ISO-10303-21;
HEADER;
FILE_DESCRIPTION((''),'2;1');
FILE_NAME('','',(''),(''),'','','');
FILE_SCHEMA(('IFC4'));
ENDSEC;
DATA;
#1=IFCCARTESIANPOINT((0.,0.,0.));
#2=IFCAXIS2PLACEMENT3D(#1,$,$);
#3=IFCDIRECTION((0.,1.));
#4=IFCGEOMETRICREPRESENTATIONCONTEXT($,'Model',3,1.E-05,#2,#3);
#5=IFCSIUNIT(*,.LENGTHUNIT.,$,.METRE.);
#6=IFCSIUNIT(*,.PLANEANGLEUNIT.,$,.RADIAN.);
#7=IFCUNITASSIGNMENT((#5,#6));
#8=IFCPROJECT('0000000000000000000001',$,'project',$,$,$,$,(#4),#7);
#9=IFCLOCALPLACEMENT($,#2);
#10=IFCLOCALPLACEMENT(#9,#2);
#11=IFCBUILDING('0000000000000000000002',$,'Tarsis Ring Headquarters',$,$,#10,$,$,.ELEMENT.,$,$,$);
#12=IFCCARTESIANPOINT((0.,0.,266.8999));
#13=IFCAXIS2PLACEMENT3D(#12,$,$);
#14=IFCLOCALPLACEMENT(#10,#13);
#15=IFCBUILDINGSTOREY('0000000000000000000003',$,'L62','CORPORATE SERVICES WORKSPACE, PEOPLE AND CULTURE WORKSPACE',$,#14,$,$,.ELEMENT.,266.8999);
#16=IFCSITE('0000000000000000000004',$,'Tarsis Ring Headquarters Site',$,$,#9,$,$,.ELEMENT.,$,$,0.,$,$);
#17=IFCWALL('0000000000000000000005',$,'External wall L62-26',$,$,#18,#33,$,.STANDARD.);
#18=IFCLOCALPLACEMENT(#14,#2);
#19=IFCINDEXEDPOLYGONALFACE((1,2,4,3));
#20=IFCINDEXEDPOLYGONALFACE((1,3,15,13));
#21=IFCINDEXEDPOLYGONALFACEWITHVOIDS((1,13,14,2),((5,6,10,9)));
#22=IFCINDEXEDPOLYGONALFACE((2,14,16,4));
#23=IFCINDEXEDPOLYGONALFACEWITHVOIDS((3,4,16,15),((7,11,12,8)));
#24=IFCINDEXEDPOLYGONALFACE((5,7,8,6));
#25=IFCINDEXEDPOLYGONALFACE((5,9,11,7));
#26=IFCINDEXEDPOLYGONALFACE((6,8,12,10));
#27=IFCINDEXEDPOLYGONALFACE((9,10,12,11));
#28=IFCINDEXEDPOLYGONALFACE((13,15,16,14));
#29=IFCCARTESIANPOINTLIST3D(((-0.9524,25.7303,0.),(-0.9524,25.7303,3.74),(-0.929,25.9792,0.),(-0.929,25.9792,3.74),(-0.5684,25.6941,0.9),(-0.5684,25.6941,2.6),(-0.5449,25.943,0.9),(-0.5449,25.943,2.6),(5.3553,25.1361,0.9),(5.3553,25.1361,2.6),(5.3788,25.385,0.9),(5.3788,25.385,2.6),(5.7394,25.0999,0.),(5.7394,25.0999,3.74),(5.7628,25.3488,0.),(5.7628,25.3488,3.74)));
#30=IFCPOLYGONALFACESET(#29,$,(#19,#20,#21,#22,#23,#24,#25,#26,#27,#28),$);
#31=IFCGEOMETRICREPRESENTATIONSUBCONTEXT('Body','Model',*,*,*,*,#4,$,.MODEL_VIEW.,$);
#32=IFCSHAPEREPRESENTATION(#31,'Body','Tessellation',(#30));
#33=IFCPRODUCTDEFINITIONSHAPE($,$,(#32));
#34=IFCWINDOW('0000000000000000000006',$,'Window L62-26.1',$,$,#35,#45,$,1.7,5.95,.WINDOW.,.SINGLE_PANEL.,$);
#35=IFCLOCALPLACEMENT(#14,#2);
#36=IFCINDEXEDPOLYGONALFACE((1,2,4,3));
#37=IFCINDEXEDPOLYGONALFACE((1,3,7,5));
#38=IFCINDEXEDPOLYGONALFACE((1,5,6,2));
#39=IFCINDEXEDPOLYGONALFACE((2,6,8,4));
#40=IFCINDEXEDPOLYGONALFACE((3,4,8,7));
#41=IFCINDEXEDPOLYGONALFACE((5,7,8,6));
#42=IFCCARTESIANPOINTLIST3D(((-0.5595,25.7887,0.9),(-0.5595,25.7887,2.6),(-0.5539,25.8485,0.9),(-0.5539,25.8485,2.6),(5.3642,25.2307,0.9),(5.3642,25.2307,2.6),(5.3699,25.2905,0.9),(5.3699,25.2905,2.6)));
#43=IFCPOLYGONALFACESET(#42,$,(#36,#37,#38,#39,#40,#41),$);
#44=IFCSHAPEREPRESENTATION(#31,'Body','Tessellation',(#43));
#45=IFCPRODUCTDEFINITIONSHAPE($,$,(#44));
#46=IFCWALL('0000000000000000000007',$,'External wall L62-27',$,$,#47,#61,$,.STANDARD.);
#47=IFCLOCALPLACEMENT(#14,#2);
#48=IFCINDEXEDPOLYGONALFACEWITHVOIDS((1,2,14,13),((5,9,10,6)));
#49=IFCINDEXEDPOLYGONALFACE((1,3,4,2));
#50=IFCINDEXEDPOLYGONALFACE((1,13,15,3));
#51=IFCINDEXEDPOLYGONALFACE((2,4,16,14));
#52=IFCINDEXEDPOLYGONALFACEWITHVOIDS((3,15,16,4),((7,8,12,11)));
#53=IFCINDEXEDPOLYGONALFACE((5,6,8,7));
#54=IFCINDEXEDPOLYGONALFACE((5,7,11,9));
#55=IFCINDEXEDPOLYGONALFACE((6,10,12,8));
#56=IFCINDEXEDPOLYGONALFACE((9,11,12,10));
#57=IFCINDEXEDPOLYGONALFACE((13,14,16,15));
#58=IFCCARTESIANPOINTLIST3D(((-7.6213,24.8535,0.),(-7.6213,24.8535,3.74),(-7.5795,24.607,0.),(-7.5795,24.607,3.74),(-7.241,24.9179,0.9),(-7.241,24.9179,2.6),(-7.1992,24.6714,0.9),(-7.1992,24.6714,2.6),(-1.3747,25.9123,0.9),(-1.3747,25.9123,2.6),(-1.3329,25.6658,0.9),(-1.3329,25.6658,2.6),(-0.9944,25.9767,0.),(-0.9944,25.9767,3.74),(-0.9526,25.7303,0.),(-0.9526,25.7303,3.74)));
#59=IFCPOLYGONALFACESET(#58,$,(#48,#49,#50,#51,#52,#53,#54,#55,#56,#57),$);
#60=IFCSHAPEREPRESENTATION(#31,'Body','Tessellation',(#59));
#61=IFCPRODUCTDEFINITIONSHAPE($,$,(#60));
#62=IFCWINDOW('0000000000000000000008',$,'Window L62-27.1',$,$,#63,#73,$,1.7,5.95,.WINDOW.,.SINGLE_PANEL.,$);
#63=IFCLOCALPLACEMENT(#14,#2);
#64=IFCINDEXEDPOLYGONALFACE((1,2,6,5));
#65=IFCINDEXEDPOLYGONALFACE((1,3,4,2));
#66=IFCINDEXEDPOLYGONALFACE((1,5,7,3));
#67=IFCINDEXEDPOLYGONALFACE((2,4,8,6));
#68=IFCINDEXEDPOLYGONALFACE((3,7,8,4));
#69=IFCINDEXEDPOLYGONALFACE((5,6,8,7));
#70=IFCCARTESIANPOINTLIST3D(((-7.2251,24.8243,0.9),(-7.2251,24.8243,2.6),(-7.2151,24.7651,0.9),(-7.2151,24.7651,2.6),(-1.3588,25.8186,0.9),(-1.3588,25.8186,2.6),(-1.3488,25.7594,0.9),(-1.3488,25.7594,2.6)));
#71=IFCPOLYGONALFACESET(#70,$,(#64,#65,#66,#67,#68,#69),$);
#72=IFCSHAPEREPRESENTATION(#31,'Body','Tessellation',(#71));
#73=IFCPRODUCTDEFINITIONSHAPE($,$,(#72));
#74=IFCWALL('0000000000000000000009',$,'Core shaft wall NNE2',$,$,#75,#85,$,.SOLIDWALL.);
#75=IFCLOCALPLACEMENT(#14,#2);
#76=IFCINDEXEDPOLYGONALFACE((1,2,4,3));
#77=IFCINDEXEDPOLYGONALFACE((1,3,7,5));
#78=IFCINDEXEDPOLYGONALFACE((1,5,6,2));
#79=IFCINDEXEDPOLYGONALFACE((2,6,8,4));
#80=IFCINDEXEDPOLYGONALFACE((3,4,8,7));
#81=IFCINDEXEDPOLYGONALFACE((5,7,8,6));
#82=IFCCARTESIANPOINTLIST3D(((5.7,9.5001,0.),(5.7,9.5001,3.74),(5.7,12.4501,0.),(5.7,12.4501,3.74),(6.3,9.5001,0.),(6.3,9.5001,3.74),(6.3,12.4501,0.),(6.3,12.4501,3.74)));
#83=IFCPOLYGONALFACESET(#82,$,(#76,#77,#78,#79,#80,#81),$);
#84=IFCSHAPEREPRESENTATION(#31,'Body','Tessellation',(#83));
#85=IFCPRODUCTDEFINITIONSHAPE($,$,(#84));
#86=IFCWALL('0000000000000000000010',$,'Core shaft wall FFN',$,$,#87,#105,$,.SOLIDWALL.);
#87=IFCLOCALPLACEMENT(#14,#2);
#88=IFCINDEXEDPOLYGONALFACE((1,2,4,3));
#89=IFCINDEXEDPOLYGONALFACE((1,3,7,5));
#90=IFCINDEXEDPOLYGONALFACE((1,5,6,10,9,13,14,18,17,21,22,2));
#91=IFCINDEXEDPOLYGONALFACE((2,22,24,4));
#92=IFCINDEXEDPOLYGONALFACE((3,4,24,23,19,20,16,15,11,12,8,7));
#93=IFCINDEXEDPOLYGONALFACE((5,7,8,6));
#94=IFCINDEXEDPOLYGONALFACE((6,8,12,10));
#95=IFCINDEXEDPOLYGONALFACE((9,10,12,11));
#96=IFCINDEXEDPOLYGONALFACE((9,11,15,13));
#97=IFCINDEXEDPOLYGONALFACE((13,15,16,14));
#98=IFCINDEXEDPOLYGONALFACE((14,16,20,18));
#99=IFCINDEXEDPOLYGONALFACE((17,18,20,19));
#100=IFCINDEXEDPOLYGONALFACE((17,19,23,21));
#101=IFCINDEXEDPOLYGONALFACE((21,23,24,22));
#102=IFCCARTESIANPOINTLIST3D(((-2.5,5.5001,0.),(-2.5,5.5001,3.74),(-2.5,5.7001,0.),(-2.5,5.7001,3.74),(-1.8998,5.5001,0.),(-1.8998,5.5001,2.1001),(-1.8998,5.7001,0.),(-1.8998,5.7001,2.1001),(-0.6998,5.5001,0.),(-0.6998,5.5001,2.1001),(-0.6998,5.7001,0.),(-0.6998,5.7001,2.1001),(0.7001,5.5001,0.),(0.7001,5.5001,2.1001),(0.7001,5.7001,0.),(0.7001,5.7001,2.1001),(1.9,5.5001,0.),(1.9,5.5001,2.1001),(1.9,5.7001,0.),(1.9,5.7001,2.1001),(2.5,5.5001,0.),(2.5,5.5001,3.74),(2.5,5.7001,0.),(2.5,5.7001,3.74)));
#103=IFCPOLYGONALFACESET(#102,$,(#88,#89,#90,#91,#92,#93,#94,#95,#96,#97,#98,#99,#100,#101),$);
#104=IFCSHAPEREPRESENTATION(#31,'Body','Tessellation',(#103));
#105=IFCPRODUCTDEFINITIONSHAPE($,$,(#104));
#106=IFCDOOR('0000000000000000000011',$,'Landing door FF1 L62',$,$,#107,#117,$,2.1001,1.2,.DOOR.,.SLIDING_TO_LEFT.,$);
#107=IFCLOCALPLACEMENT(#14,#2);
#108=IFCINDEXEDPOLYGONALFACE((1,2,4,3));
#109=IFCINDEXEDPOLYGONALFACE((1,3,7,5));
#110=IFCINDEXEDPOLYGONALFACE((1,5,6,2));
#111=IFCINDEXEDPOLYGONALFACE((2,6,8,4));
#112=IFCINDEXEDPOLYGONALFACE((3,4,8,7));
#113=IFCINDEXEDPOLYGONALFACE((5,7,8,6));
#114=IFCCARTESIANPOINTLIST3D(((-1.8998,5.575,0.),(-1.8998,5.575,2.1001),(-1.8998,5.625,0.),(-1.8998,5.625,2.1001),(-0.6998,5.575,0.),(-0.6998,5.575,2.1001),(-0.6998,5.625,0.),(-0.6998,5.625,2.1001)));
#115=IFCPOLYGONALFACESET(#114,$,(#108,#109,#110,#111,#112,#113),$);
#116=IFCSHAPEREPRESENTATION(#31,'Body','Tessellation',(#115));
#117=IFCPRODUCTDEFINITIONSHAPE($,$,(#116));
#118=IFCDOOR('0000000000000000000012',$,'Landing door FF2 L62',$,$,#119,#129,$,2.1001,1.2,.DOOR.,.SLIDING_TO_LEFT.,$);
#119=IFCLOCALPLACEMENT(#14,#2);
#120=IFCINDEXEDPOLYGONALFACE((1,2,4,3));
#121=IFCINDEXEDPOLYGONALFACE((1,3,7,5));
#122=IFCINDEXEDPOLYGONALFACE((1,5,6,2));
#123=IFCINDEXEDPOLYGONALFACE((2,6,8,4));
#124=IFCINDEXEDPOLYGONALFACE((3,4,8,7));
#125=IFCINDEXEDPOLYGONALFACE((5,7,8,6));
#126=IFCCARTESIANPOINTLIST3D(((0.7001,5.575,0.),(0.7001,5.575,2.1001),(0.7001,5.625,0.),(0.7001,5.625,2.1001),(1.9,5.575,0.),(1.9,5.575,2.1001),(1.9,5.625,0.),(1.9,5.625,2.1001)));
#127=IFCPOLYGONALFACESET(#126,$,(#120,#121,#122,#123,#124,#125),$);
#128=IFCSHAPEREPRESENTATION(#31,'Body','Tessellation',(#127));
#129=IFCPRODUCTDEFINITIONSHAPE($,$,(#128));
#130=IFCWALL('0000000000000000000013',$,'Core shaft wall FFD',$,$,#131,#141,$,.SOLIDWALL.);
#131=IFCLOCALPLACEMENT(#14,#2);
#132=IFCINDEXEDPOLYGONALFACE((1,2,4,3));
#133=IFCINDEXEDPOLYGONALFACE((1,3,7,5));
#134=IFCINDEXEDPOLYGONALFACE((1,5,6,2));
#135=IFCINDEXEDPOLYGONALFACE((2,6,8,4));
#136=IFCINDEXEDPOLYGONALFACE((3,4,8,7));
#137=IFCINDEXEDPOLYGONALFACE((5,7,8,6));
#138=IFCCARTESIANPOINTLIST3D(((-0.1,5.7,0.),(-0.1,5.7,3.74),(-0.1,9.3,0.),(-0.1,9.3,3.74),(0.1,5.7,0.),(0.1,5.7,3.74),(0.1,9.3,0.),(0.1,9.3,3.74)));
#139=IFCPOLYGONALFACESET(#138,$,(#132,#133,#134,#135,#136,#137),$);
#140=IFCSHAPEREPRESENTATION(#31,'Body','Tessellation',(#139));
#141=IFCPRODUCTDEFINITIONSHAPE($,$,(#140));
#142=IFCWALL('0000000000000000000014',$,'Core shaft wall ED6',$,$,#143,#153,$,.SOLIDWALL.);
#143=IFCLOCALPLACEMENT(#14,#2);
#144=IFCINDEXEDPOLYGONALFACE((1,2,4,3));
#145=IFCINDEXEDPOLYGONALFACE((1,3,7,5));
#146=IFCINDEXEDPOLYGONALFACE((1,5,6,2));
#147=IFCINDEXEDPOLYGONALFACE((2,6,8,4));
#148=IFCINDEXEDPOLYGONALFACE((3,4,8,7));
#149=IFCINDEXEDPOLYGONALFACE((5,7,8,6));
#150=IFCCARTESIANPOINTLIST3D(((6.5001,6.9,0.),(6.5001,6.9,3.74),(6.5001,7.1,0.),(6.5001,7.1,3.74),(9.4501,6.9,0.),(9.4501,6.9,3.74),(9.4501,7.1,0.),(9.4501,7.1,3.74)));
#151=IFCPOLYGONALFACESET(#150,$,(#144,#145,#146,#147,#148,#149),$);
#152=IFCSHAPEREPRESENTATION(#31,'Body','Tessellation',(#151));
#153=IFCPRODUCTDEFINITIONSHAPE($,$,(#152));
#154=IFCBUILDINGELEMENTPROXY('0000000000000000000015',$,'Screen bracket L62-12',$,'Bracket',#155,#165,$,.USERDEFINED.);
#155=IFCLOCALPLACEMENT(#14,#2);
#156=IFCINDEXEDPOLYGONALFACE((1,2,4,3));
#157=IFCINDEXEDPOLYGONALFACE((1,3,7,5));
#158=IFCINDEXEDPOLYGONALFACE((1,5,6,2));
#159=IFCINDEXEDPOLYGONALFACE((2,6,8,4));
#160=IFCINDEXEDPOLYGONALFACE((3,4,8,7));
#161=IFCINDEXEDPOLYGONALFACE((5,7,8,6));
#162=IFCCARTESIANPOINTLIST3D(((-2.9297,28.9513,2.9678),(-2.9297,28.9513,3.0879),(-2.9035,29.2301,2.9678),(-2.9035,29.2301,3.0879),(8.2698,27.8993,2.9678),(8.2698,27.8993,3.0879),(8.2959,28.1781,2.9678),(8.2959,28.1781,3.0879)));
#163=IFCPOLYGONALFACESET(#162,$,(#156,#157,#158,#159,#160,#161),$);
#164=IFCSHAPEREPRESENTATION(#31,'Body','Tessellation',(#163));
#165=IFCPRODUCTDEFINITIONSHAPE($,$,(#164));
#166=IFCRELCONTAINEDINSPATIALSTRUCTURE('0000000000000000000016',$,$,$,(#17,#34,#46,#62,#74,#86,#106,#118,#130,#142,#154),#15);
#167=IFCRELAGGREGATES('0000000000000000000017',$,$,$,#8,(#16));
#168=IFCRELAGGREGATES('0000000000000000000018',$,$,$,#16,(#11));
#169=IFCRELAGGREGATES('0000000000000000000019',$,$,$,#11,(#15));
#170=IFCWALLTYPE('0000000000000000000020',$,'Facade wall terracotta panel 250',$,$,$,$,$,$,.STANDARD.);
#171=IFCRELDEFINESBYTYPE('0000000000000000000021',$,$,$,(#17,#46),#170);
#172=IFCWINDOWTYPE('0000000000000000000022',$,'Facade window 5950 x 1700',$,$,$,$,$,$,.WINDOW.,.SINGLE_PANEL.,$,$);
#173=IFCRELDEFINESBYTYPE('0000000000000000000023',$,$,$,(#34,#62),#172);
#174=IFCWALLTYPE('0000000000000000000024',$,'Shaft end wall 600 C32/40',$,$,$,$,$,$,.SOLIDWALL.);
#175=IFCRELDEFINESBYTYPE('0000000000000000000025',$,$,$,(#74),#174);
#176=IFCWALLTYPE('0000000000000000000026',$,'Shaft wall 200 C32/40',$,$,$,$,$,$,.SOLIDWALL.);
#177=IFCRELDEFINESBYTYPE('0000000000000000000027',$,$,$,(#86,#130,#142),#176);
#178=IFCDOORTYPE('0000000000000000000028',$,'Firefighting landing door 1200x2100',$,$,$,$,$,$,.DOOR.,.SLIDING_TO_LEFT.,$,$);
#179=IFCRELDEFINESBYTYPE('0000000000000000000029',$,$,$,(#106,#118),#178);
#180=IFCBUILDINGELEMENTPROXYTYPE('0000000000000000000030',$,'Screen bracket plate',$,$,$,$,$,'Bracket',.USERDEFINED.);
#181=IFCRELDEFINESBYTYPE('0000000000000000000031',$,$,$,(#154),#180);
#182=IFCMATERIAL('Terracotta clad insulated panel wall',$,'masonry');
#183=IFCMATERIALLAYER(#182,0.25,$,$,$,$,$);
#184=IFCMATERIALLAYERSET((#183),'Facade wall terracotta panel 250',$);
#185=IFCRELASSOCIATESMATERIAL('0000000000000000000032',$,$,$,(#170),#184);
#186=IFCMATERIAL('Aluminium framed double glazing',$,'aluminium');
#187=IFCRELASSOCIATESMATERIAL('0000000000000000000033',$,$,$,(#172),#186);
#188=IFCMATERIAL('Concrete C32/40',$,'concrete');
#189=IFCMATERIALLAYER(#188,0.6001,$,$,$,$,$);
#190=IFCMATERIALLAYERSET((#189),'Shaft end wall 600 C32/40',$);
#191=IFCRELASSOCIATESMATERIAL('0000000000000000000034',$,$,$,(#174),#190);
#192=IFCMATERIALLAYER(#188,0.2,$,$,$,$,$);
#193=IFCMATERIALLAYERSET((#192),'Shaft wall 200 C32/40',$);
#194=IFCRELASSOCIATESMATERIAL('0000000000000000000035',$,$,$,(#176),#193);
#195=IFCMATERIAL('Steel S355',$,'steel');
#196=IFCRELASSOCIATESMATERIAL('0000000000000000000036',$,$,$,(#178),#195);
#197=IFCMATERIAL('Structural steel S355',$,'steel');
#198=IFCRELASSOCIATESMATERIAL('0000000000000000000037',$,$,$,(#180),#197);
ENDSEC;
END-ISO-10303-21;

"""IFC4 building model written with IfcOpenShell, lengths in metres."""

from ifc_helpers import new_model, si_unit, direction, frame, frame_2d, origin, origin_2d, place, context, subcontext, project, spatial, rectangle, extrude, material, layer, layer_set, type_object, element, fill, save


model = new_model("IFC4")

# Units and contexts
model_context = context("Model", 3, precision=1e-05, world=origin(), true_north=direction((0.0, 1.0)))
body_context = subcontext(model_context, "Body", "Model", "MODEL_VIEW")
ifc_project = project(units=[si_unit("LENGTHUNIT", "METRE"), si_unit("PLANEANGLEUNIT", "RADIAN")], contexts=[model_context])

# Site, building, storey
site_placement = place(None, origin())
site = spatial("IfcSite", under=ifc_project, at=site_placement, Name="Tarsis Ring Headquarters Site", CompositionType="ELEMENT", RefElevation=0.0)
building_placement = place(site_placement, origin())
building = spatial("IfcBuilding", under=site, at=building_placement, Name="Tarsis Ring Headquarters", CompositionType="ELEMENT")
storey_placement = place(building_placement, frame((0.0, 0.0, 266.8999)))
storey = spatial("IfcBuildingStorey", under=building, at=storey_placement, Name="L62", Description="CORPORATE SERVICES WORKSPACE, PEOPLE AND CULTURE WORKSPACE", CompositionType="ELEMENT", Elevation=266.8999)

# Shared definitions
ifc_material_1 = material(Name="Structural steel S355", Category="steel")

# Walls, openings, windows
ifc_material_2 = material(Name="Terracotta clad insulated panel wall", Category="masonry")
ifc_layer_1 = layer(ifc_material_2, 0.25)
ifc_layer_set_1 = layer_set([ifc_layer_1], Name="Facade wall terracotta panel 250")
wall_type_1 = type_object("IfcWallType", Name="Facade wall terracotta panel 250", PredefinedType="STANDARD", material=ifc_layer_set_1)
wall_1_placement = place(storey_placement, frame((5.7512, 25.2244, 0.0), z_axis=(0.0, 0.0, 1.0), x_axis=(-0.995593, 0.093784, 0.0)))
wall_1 = element("IfcWall", 1, at=wall_1_placement, inside=storey, type_object=wall_type_1, Name="External wall L62-26", PredefinedType="STANDARD", context=body_context, shape_type="SweptSolid", body=[
    extrude(rectangle(XDim=6.7214, YDim=0.25, at=frame_2d((3.3608, 0.0))), origin(), (0.0, 0.0, 1.0), 3.74),
])
opening_1_placement = place(wall_1_placement, frame((0.3857, 0.0, 0.8999)))
opening_1 = element("IfcOpeningElement", 2, at=opening_1_placement, cuts=wall_1, PredefinedType="OPENING", context=body_context, shape_type="SweptSolid", body=[
    extrude(rectangle(XDim=5.95, YDim=1.7, at=frame_2d((2.9751, 0.8501))), frame((0.0, 0.135, 0.0), z_axis=(0.0, -1.0, 0.0), x_axis=(1.0, 0.0, 0.0)), (0.0, 0.0, 1.0), 0.27),
])
ifc_material_3 = material(Name="Aluminium framed double glazing", Category="aluminium")
window_type = type_object("IfcWindowType", Name="Facade window 5950 x 1700", PartitioningType="SINGLE_PANEL", PredefinedType="WINDOW", material=ifc_material_3)
window_1_placement = place(opening_1_placement, origin())
window_1 = element("IfcWindow", 3, at=window_1_placement, inside=storey, type_object=window_type, Name="Window L62-26.1", OverallHeight=1.7, OverallWidth=5.95, PartitioningType="SINGLE_PANEL", PredefinedType="WINDOW", context=body_context, shape_type="SweptSolid", body=[
    extrude(rectangle(XDim=5.95, YDim=1.7, at=frame_2d((2.9751, 0.8501))), frame((0.0, 0.03, 0.0), z_axis=(0.0, -1.0, 0.0), x_axis=(1.0, 0.0, 0.0)), (0.0, 0.0, 1.0), 0.0601),
])
fill(opening_1, window_1)
wall_2_placement = place(storey_placement, frame((-0.9734, 25.8535, 0.0), z_axis=(0.0, 0.0, 1.0), x_axis=(-0.985937, -0.16712, 0.0)))
wall_2 = element("IfcWall", 4, at=wall_2_placement, inside=storey, type_object=wall_type_1, Name="External wall L62-27", PredefinedType="STANDARD", context=body_context, shape_type="SweptSolid", body=[
    extrude(rectangle(XDim=6.7214, YDim=0.25, at=frame_2d((3.3608, 0.0))), origin(), (0.0, 0.0, 1.0), 3.74),
])
opening_2_placement = place(wall_2_placement, frame((0.3857, 0.0, 0.8999)))
opening_2 = element("IfcOpeningElement", 5, at=opening_2_placement, cuts=wall_2, PredefinedType="OPENING", context=body_context, shape_type="SweptSolid", body=[
    extrude(rectangle(XDim=5.95, YDim=1.7, at=frame_2d((2.9751, 0.8501))), frame((0.0, 0.135, 0.0), z_axis=(0.0, -1.0, 0.0), x_axis=(1.0, 0.0, 0.0)), (0.0, 0.0, 1.0), 0.27),
])
window_2_placement = place(opening_2_placement, origin())
window_2 = element("IfcWindow", 6, at=window_2_placement, inside=storey, type_object=window_type, Name="Window L62-27.1", OverallHeight=1.7, OverallWidth=5.95, PartitioningType="SINGLE_PANEL", PredefinedType="WINDOW", context=body_context, shape_type="SweptSolid", body=[
    extrude(rectangle(XDim=5.95, YDim=1.7, at=frame_2d((2.9751, 0.8501))), frame((0.0, 0.03, 0.0), z_axis=(0.0, -1.0, 0.0), x_axis=(1.0, 0.0, 0.0)), (0.0, 0.0, 1.0), 0.0601),
])
fill(opening_2, window_2)

# Wall
ifc_material_4 = material(Name="Concrete C32/40", Category="concrete")
ifc_layer_2 = layer(ifc_material_4, 0.6001)
ifc_layer_set_2 = layer_set([ifc_layer_2], Name="Shaft end wall 600 C32/40")
wall_type_2 = type_object("IfcWallType", Name="Shaft end wall 600 C32/40", PredefinedType="SOLIDWALL", material=ifc_layer_set_2)
wall_3_placement = place(storey_placement, frame((6.0, 9.5, 0.0), z_axis=(0.0, 0.0, 1.0), x_axis=(0.0, 1.0, 0.0)))
element("IfcWall", 7, at=wall_3_placement, inside=storey, type_object=wall_type_2, Name="Core shaft wall NNE2", PredefinedType="SOLIDWALL", context=body_context, shape_type="SweptSolid", body=[
    extrude(rectangle(XDim=2.95, YDim=0.6001, at=frame_2d((1.4751, 0.0))), origin(), (0.0, 0.0, 1.0), 3.74),
])

# Wall, openings, doors
ifc_layer_3 = layer(ifc_material_4, 0.2)
ifc_layer_set_3 = layer_set([ifc_layer_3], Name="Shaft wall 200 C32/40")
wall_type_3 = type_object("IfcWallType", Name="Shaft wall 200 C32/40", PredefinedType="SOLIDWALL", material=ifc_layer_set_3)
wall_4_placement = place(storey_placement, frame((-2.5, 5.6001, 0.0), z_axis=(0.0, 0.0, 1.0), x_axis=(1.0, 0.0, 0.0)))
wall_4 = element("IfcWall", 8, at=wall_4_placement, inside=storey, type_object=wall_type_3, Name="Core shaft wall FFN", PredefinedType="SOLIDWALL", context=body_context, shape_type="SweptSolid", body=[
    extrude(rectangle(XDim=5.0, YDim=0.2, at=frame_2d((2.5, 0.0))), origin(), (0.0, 0.0, 1.0), 3.74),
])
opening_3_placement = place(wall_4_placement, frame((0.6001, 0.0, 0.0)))
opening_3 = element("IfcOpeningElement", 9, at=opening_3_placement, cuts=wall_4, PredefinedType="OPENING", context=body_context, shape_type="SweptSolid", body=[
    extrude(rectangle(XDim=1.2, YDim=2.1001, at=frame_2d((0.6001, 1.05))), frame((0.0, 0.1099, 0.0), z_axis=(0.0, -1.0, 0.0), x_axis=(1.0, 0.0, 0.0)), (0.0, 0.0, 1.0), 0.22),
])
opening_4_placement = place(wall_4_placement, frame((3.2, 0.0, 0.0)))
opening_4 = element("IfcOpeningElement", 10, at=opening_4_placement, cuts=wall_4, PredefinedType="OPENING", context=body_context, shape_type="SweptSolid", body=[
    extrude(rectangle(XDim=1.2, YDim=2.1001, at=frame_2d((0.6001, 1.05))), frame((0.0, 0.1099, 0.0), z_axis=(0.0, -1.0, 0.0), x_axis=(1.0, 0.0, 0.0)), (0.0, 0.0, 1.0), 0.22),
])
ifc_material_5 = material(Name="Steel S355", Category="steel")
door_type = type_object("IfcDoorType", Name="Firefighting landing door 1200x2100", OperationType="SLIDING_TO_LEFT", PredefinedType="DOOR", material=ifc_material_5)
door_1_placement = place(opening_3_placement, origin())
door_1 = element("IfcDoor", 11, at=door_1_placement, inside=storey, type_object=door_type, Name="Landing door FF1 L62", OperationType="SLIDING_TO_LEFT", OverallHeight=2.1001, OverallWidth=1.2, PredefinedType="DOOR", context=body_context, shape_type="SweptSolid", body=[
    extrude(rectangle(XDim=1.2, YDim=2.1001, at=frame_2d((0.6001, 1.05))), frame((0.0, 0.0249, 0.0), z_axis=(0.0, -1.0, 0.0), x_axis=(1.0, 0.0, 0.0)), (0.0, 0.0, 1.0), 0.05),
])
fill(opening_3, door_1)
door_2_placement = place(opening_4_placement, origin())
door_2 = element("IfcDoor", 12, at=door_2_placement, inside=storey, type_object=door_type, Name="Landing door FF2 L62", OperationType="SLIDING_TO_LEFT", OverallHeight=2.1001, OverallWidth=1.2, PredefinedType="DOOR", context=body_context, shape_type="SweptSolid", body=[
    extrude(rectangle(XDim=1.2, YDim=2.1001, at=frame_2d((0.6001, 1.05))), frame((0.0, 0.0249, 0.0), z_axis=(0.0, -1.0, 0.0), x_axis=(1.0, 0.0, 0.0)), (0.0, 0.0, 1.0), 0.05),
])
fill(opening_4, door_2)

# Walls
wall_5_placement = place(storey_placement, frame((0.0, 5.7, 0.0), z_axis=(0.0, 0.0, 1.0), x_axis=(0.0, 1.0, 0.0)))
element("IfcWall", 13, at=wall_5_placement, inside=storey, type_object=wall_type_3, Name="Core shaft wall FFD", PredefinedType="SOLIDWALL", context=body_context, shape_type="SweptSolid", body=[
    extrude(rectangle(XDim=3.6001, YDim=0.2, at=frame_2d((1.8, 0.0))), origin(), (0.0, 0.0, 1.0), 3.74),
])
wall_6_placement = place(storey_placement, frame((6.5, 7.0, 0.0), z_axis=(0.0, 0.0, 1.0), x_axis=(1.0, 0.0, 0.0)))
element("IfcWall", 14, at=wall_6_placement, inside=storey, type_object=wall_type_3, Name="Core shaft wall ED6", PredefinedType="SOLIDWALL", context=body_context, shape_type="SweptSolid", body=[
    extrude(rectangle(XDim=2.95, YDim=0.2, at=frame_2d((1.4751, 0.0))), origin(), (0.0, 0.0, 1.0), 3.74),
])

# Building element proxy
building_element_proxy_type = type_object("IfcBuildingElementProxyType", Name="Screen bracket plate", ElementType="Bracket", PredefinedType="USERDEFINED", material=ifc_material_1)
proxy_placement = place(storey_placement, frame((2.6831, 28.5647, 2.9678), z_axis=(0.0, 0.0, 1.0), x_axis=(-0.995617, 0.093522, 0.0)))
element("IfcBuildingElementProxy", 15, at=proxy_placement, inside=storey, type_object=building_element_proxy_type, Name="Screen bracket L62-12", ObjectType="Bracket", PredefinedType="USERDEFINED", context=body_context, shape_type="SweptSolid", body=[
    extrude(rectangle(XDim=11.2488, YDim=0.28, at=origin_2d()), origin(), (0.0, 0.0, 1.0), 0.1201),
])

save(model, "model.ifc")
